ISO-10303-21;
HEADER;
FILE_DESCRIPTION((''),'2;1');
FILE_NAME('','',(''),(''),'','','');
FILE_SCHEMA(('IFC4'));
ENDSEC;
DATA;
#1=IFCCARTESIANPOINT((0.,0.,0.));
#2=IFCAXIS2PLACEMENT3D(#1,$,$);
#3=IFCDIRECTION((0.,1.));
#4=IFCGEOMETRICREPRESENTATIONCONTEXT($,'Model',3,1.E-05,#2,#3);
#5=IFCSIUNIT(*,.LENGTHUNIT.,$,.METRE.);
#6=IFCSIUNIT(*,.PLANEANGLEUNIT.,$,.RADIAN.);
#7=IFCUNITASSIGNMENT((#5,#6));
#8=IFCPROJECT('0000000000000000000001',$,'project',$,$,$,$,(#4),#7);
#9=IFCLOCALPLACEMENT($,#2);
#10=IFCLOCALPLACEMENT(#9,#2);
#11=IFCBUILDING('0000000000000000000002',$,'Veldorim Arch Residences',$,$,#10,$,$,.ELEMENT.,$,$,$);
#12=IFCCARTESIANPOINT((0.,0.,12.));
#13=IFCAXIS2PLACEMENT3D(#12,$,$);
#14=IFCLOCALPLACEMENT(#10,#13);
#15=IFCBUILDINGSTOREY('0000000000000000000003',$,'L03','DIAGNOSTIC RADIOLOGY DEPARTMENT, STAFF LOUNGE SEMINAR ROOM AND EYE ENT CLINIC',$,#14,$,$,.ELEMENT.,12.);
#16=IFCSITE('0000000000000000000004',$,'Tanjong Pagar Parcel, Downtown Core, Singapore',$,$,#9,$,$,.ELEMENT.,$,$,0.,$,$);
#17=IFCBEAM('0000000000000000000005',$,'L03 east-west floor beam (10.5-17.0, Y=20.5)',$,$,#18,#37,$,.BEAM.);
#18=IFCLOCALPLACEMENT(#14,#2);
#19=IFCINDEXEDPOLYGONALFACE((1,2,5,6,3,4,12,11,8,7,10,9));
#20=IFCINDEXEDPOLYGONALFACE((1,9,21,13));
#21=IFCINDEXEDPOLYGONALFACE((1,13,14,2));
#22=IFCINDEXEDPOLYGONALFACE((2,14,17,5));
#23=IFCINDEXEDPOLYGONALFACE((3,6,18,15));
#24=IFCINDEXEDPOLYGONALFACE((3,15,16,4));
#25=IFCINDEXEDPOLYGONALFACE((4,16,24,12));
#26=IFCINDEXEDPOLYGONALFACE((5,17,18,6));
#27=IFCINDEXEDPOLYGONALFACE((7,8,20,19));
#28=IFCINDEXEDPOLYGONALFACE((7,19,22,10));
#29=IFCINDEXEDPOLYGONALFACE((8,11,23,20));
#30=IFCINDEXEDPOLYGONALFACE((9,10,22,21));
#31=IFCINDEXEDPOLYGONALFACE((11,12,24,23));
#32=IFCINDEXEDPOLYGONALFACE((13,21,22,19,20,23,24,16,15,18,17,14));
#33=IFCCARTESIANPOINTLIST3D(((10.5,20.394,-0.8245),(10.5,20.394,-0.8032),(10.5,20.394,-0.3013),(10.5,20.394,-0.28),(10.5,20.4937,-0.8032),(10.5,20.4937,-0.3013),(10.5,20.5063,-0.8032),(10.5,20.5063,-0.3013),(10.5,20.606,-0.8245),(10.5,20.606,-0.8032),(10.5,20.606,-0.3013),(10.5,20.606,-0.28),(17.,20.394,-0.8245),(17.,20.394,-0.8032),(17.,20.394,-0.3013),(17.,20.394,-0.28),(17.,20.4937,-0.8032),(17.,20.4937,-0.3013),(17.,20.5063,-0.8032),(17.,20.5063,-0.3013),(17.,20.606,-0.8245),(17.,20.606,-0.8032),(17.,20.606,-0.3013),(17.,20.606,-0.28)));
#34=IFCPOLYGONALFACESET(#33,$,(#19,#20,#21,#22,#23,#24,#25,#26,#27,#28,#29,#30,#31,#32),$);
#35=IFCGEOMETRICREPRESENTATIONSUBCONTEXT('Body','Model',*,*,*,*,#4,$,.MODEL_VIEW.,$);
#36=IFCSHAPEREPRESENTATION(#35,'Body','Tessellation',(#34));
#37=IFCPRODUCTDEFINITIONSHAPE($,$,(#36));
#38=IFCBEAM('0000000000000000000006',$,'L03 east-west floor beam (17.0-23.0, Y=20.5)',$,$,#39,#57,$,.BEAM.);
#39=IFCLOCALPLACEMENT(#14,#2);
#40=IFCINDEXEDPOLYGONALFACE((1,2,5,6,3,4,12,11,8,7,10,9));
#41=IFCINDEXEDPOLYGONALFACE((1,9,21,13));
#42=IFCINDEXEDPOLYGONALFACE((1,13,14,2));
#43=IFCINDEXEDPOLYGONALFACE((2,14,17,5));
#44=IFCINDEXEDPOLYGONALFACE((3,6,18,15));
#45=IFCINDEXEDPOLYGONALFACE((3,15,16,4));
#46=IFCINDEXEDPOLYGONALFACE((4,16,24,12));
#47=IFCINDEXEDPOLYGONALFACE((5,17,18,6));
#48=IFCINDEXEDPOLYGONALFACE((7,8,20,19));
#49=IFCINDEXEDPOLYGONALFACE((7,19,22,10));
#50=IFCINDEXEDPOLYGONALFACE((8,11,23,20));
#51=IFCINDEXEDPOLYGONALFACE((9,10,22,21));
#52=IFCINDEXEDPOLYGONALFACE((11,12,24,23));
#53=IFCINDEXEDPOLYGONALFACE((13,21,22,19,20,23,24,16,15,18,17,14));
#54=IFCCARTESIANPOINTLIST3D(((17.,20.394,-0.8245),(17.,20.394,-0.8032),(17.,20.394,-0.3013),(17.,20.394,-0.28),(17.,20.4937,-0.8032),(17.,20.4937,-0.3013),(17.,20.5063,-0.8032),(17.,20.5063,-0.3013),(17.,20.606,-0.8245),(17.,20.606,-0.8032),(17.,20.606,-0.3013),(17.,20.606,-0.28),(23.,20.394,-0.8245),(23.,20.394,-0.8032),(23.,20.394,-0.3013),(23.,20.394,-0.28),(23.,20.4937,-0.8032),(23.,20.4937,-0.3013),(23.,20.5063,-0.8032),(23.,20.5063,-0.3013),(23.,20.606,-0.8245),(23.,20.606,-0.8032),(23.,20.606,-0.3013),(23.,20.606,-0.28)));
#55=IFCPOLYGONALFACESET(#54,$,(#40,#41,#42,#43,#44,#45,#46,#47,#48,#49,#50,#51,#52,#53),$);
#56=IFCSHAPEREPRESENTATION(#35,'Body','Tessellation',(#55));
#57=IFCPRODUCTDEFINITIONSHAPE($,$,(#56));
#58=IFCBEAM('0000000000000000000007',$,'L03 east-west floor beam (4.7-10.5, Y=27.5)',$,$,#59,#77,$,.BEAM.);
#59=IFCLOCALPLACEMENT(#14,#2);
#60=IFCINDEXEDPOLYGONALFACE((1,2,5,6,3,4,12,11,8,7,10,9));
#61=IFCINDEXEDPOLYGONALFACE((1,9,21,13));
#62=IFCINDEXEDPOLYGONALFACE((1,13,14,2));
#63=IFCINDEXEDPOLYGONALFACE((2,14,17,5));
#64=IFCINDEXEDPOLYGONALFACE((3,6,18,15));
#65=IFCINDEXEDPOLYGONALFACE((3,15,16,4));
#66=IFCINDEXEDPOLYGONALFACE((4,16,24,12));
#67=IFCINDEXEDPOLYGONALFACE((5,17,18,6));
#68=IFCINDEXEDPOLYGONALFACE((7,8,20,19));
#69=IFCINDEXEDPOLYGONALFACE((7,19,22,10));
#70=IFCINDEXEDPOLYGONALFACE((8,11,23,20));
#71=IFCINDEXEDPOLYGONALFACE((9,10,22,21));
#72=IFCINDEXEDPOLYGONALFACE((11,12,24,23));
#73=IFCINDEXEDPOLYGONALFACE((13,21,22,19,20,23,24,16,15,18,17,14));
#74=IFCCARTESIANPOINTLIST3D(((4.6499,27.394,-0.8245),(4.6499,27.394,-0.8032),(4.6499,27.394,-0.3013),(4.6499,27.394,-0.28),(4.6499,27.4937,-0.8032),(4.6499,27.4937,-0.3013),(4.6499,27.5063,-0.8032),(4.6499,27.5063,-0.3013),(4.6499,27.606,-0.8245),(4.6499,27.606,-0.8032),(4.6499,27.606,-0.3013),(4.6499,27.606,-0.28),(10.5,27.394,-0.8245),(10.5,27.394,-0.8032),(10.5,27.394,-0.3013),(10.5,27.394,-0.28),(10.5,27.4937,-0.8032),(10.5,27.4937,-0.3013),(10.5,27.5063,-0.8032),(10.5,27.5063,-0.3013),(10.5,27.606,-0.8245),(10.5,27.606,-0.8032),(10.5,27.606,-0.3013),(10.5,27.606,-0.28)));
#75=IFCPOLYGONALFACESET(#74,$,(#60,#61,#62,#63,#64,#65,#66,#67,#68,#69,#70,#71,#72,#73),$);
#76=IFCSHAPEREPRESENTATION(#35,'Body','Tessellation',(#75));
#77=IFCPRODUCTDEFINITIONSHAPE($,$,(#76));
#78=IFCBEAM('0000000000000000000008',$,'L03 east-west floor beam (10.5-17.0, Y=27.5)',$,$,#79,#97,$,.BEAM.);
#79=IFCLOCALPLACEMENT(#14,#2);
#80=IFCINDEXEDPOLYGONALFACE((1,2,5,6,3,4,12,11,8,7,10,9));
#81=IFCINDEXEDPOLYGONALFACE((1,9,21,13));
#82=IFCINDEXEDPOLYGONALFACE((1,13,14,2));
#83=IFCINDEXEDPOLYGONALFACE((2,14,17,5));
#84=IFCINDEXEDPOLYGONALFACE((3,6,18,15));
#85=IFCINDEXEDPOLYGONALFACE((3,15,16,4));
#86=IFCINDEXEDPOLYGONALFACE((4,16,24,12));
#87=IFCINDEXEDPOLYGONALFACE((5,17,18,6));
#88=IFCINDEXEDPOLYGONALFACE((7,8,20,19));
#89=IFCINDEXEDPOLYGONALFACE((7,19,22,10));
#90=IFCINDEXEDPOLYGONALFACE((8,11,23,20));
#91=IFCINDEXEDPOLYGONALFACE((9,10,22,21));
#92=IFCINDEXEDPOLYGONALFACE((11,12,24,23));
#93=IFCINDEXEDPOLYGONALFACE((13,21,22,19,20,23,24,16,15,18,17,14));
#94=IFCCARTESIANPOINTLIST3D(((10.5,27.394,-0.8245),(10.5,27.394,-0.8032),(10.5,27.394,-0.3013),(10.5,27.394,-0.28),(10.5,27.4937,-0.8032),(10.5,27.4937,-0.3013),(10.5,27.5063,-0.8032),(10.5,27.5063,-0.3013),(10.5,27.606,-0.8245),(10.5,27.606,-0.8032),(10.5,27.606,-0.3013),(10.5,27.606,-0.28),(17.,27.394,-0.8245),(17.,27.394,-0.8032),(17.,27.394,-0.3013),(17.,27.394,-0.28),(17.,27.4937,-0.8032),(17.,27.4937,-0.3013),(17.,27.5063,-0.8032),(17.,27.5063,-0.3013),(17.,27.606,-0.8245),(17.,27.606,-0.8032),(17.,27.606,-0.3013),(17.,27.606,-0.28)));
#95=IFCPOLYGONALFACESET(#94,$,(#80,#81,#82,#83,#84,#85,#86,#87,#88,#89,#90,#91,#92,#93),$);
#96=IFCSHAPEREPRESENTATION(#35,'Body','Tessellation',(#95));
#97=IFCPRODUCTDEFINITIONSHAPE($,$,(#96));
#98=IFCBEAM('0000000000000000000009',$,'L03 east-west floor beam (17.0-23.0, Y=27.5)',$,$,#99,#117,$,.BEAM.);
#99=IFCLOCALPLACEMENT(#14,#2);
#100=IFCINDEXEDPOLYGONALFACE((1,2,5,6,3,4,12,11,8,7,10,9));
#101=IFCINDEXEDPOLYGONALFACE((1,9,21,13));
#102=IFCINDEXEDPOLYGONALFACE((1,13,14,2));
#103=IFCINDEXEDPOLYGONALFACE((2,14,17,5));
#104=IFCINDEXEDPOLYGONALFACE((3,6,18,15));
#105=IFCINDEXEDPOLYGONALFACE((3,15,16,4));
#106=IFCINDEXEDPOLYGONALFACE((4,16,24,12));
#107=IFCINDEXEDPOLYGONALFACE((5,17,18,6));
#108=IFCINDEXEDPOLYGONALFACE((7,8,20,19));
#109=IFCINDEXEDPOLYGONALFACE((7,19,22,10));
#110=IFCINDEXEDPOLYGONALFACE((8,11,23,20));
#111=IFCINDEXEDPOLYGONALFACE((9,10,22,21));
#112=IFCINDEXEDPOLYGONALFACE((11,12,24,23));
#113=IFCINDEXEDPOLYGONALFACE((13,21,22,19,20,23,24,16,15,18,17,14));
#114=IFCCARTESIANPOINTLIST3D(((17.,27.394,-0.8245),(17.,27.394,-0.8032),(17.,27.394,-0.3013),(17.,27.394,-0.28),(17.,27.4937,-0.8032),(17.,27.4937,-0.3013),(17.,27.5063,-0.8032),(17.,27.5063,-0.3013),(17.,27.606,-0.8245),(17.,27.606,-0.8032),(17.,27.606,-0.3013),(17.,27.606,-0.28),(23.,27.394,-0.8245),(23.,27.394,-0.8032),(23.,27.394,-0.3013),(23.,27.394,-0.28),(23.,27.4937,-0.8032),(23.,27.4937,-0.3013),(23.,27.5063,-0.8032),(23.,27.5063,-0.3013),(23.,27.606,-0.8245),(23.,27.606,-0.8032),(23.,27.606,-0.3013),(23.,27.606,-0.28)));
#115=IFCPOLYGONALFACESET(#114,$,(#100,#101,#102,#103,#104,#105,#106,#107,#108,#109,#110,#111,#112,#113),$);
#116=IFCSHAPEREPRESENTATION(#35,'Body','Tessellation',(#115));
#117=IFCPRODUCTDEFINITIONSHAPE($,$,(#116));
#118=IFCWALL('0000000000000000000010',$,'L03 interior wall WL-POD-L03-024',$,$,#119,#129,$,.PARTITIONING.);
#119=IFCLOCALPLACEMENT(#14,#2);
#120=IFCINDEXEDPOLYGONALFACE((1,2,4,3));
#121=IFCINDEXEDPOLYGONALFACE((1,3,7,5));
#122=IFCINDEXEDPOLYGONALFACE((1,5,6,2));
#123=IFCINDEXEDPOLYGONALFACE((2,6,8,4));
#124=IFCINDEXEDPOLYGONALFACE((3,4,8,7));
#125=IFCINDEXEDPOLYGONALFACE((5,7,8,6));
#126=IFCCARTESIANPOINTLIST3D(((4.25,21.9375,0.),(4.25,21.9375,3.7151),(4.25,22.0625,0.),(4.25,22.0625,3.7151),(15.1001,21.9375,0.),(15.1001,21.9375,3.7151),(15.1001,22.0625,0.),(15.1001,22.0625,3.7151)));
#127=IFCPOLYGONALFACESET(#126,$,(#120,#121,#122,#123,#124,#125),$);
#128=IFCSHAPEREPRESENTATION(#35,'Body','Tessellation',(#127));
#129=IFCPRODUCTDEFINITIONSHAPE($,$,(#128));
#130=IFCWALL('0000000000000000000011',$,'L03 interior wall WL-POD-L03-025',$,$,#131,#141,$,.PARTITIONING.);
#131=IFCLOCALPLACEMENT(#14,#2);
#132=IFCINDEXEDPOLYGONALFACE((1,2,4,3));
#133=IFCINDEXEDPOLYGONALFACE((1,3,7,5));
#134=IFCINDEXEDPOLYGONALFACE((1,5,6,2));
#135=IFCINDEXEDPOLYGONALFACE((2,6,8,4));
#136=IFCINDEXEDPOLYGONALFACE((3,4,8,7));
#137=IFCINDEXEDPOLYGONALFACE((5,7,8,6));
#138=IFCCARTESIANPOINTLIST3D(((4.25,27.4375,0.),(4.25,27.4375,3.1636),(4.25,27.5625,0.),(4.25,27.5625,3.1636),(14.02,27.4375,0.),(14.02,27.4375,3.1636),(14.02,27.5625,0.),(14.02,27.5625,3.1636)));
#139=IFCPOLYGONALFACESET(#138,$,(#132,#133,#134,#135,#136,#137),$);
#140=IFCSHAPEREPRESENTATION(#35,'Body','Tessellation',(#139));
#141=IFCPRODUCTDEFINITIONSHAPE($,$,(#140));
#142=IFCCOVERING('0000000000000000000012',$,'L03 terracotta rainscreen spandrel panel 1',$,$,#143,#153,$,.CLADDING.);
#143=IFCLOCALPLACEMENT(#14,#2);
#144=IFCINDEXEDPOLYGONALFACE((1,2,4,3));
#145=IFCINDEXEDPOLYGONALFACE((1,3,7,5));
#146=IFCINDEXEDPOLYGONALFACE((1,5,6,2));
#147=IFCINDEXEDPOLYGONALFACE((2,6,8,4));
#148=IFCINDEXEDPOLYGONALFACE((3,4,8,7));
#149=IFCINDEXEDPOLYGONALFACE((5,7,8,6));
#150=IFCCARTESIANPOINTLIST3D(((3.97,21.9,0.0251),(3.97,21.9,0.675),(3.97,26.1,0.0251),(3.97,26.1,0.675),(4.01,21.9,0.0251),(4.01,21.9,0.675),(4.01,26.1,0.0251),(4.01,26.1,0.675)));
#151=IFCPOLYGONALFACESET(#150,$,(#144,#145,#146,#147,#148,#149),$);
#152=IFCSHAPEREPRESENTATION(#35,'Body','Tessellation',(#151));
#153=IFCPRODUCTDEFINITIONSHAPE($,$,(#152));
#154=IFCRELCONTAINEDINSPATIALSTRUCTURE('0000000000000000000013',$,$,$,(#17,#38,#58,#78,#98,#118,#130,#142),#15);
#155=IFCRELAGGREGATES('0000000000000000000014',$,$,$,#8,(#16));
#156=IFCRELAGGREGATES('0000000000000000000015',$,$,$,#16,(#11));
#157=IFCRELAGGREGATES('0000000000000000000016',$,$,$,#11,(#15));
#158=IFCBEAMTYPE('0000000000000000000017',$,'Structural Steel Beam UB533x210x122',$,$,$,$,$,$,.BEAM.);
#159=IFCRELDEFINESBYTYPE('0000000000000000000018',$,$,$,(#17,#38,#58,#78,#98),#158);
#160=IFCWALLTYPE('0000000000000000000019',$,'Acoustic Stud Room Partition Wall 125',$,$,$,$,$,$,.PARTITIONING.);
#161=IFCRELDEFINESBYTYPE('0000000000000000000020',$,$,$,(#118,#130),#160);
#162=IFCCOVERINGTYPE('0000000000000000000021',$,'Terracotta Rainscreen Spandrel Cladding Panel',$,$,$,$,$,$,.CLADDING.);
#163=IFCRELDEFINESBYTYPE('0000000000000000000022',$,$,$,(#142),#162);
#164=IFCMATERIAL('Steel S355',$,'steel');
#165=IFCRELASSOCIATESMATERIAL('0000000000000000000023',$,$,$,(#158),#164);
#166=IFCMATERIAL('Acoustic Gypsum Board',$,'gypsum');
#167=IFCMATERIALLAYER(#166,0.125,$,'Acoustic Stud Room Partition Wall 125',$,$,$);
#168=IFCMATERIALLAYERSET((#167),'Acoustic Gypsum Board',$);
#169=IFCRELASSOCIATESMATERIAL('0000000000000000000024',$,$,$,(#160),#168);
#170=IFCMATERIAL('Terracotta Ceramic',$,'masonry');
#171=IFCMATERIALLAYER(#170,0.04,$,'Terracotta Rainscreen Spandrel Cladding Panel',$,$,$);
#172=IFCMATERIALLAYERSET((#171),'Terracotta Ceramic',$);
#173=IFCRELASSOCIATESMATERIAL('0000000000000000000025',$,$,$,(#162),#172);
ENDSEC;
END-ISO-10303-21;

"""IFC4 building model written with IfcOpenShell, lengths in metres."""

from ifc_helpers import new_model, si_unit, direction, frame, frame_2d, origin, origin_2d, place, context, subcontext, project, spatial, rectangle, i_section, extrude, material, layer, layer_set, material_profile, profile_set, type_object, element, save


model = new_model("IFC4")

# Units and contexts
model_context = context("Model", 3, precision=1e-05, world=origin(), true_north=direction((0.0, 1.0)))
body_context = subcontext(model_context, "Body", "Model", "MODEL_VIEW")
ifc_project = project(units=[si_unit("LENGTHUNIT", "METRE"), si_unit("PLANEANGLEUNIT", "RADIAN")], contexts=[model_context])

# Site, building, storey
site_placement = place(None, origin())
site = spatial("IfcSite", under=ifc_project, at=site_placement, Name="Tanjong Pagar Parcel, Downtown Core, Singapore", CompositionType="ELEMENT", RefElevation=0.0)
building_placement = place(site_placement, origin())
building = spatial("IfcBuilding", under=site, at=building_placement, Name="Veldorim Arch Residences", CompositionType="ELEMENT")
storey_placement = place(building_placement, frame((0.0, 0.0, 12.0)))
storey = spatial("IfcBuildingStorey", under=building, at=storey_placement, Name="L03", Description="DIAGNOSTIC RADIOLOGY DEPARTMENT, STAFF LOUNGE SEMINAR ROOM AND EYE ENT CLINIC", CompositionType="ELEMENT", Elevation=12.0)

# Beams
ifc_material_1 = material(Name="Steel S355", Category="steel")
ifc_material_profile_1 = material_profile(ifc_material_1, i_section(OverallWidth=0.2119, OverallDepth=0.5444, WebThickness=0.0127, FlangeThickness=0.0212, at=origin_2d()), Name="UB533x210x122")
ifc_profile_set_1 = profile_set([ifc_material_profile_1], Name="Steel S355")
beam_type_1 = type_object("IfcBeamType", Name="Structural Steel Beam UB533x210x122", PredefinedType="BEAM", material=ifc_profile_set_1)
beam_1_placement = place(storey_placement, frame((10.5, 20.5, -0.5522), z_axis=(1.0, 0.0, 0.0), x_axis=(0.0, 1.0, 0.0)))
element("IfcBeam", 1, at=beam_1_placement, inside=storey, type_object=beam_type_1, Name="L03 east-west floor beam (10.5-17.0, Y=20.5)", PredefinedType="BEAM", context=body_context, shape_type="SweptSolid", body=[
    extrude(i_section(OverallWidth=0.2119, OverallDepth=0.5444, WebThickness=0.0127, FlangeThickness=0.0212, at=origin_2d()), origin(), (0.0, 0.0, 1.0), 6.5),
])
beam_2_placement = place(storey_placement, frame((17.0, 20.5, -0.5522), z_axis=(1.0, 0.0, 0.0), x_axis=(0.0, 1.0, 0.0)))
element("IfcBeam", 2, at=beam_2_placement, inside=storey, type_object=beam_type_1, Name="L03 east-west floor beam (17.0-23.0, Y=20.5)", PredefinedType="BEAM", context=body_context, shape_type="SweptSolid", body=[
    extrude(i_section(OverallWidth=0.2119, OverallDepth=0.5444, WebThickness=0.0127, FlangeThickness=0.0212, at=origin_2d()), origin(), (0.0, 0.0, 1.0), 6.0),
])
beam_3_placement = place(storey_placement, frame((4.6499, 27.5, -0.5522), z_axis=(1.0, 0.0, 0.0), x_axis=(0.0, 1.0, 0.0)))
element("IfcBeam", 3, at=beam_3_placement, inside=storey, type_object=beam_type_1, Name="L03 east-west floor beam (4.7-10.5, Y=27.5)", PredefinedType="BEAM", context=body_context, shape_type="SweptSolid", body=[
    extrude(i_section(OverallWidth=0.2119, OverallDepth=0.5444, WebThickness=0.0127, FlangeThickness=0.0212, at=origin_2d()), origin(), (0.0, 0.0, 1.0), 5.8501),
])
beam_4_placement = place(storey_placement, frame((10.5, 27.5, -0.5522), z_axis=(1.0, 0.0, 0.0), x_axis=(0.0, 1.0, 0.0)))
element("IfcBeam", 4, at=beam_4_placement, inside=storey, type_object=beam_type_1, Name="L03 east-west floor beam (10.5-17.0, Y=27.5)", PredefinedType="BEAM", context=body_context, shape_type="SweptSolid", body=[
    extrude(i_section(OverallWidth=0.2119, OverallDepth=0.5444, WebThickness=0.0127, FlangeThickness=0.0212, at=origin_2d()), origin(), (0.0, 0.0, 1.0), 6.5),
])
beam_5_placement = place(storey_placement, frame((17.0, 27.5, -0.5522), z_axis=(1.0, 0.0, 0.0), x_axis=(0.0, 1.0, 0.0)))
element("IfcBeam", 5, at=beam_5_placement, inside=storey, type_object=beam_type_1, Name="L03 east-west floor beam (17.0-23.0, Y=27.5)", PredefinedType="BEAM", context=body_context, shape_type="SweptSolid", body=[
    extrude(i_section(OverallWidth=0.2119, OverallDepth=0.5444, WebThickness=0.0127, FlangeThickness=0.0212, at=origin_2d()), origin(), (0.0, 0.0, 1.0), 6.0),
])

# Walls
ifc_material_2 = material(Name="Acoustic Gypsum Board", Category="gypsum")
ifc_layer_1 = layer(ifc_material_2, 0.125, Name="Acoustic Stud Room Partition Wall 125")
ifc_layer_set_1 = layer_set([ifc_layer_1], Name="Acoustic Gypsum Board")
wall_type = type_object("IfcWallType", Name="Acoustic Stud Room Partition Wall 125", PredefinedType="PARTITIONING", material=ifc_layer_set_1)
wall_1_placement = place(storey_placement, frame((4.25, 22.0, 0.0), z_axis=(0.0, 0.0, 1.0), x_axis=(1.0, 0.0, 0.0)))
element("IfcWall", 6, at=wall_1_placement, inside=storey, type_object=wall_type, Name="L03 interior wall WL-POD-L03-024", PredefinedType="PARTITIONING", context=body_context, shape_type="SweptSolid", body=[
    extrude(rectangle(XDim=10.8501, YDim=0.125, at=frame_2d((5.425, 0.0))), origin(), (0.0, 0.0, 1.0), 3.7151),
])
wall_2_placement = place(storey_placement, frame((4.25, 27.5, 0.0), z_axis=(0.0, 0.0, 1.0), x_axis=(1.0, 0.0, 0.0)))
element("IfcWall", 7, at=wall_2_placement, inside=storey, type_object=wall_type, Name="L03 interior wall WL-POD-L03-025", PredefinedType="PARTITIONING", context=body_context, shape_type="SweptSolid", body=[
    extrude(rectangle(XDim=9.77, YDim=0.125, at=frame_2d((4.885, 0.0))), origin(), (0.0, 0.0, 1.0), 3.1636),
])

# Covering
ifc_material_3 = material(Name="Terracotta Ceramic", Category="masonry")
ifc_layer_2 = layer(ifc_material_3, 0.04, Name="Terracotta Rainscreen Spandrel Cladding Panel")
ifc_layer_set_2 = layer_set([ifc_layer_2], Name="Terracotta Ceramic")
covering_type = type_object("IfcCoveringType", Name="Terracotta Rainscreen Spandrel Cladding Panel", PredefinedType="CLADDING", material=ifc_layer_set_2)
covering_placement = place(storey_placement, frame((3.99, 24.0, 0.0251), z_axis=(0.0, 0.0, 1.0), x_axis=(0.0, 1.0, 0.0)))
element("IfcCovering", 8, at=covering_placement, inside=storey, type_object=covering_type, Name="L03 terracotta rainscreen spandrel panel 1", PredefinedType="CLADDING", context=body_context, shape_type="SweptSolid", body=[
    extrude(rectangle(XDim=4.2, YDim=0.04, at=origin_2d()), origin(), (0.0, 0.0, 1.0), 0.6499),
])

save(model, "model.ifc")
